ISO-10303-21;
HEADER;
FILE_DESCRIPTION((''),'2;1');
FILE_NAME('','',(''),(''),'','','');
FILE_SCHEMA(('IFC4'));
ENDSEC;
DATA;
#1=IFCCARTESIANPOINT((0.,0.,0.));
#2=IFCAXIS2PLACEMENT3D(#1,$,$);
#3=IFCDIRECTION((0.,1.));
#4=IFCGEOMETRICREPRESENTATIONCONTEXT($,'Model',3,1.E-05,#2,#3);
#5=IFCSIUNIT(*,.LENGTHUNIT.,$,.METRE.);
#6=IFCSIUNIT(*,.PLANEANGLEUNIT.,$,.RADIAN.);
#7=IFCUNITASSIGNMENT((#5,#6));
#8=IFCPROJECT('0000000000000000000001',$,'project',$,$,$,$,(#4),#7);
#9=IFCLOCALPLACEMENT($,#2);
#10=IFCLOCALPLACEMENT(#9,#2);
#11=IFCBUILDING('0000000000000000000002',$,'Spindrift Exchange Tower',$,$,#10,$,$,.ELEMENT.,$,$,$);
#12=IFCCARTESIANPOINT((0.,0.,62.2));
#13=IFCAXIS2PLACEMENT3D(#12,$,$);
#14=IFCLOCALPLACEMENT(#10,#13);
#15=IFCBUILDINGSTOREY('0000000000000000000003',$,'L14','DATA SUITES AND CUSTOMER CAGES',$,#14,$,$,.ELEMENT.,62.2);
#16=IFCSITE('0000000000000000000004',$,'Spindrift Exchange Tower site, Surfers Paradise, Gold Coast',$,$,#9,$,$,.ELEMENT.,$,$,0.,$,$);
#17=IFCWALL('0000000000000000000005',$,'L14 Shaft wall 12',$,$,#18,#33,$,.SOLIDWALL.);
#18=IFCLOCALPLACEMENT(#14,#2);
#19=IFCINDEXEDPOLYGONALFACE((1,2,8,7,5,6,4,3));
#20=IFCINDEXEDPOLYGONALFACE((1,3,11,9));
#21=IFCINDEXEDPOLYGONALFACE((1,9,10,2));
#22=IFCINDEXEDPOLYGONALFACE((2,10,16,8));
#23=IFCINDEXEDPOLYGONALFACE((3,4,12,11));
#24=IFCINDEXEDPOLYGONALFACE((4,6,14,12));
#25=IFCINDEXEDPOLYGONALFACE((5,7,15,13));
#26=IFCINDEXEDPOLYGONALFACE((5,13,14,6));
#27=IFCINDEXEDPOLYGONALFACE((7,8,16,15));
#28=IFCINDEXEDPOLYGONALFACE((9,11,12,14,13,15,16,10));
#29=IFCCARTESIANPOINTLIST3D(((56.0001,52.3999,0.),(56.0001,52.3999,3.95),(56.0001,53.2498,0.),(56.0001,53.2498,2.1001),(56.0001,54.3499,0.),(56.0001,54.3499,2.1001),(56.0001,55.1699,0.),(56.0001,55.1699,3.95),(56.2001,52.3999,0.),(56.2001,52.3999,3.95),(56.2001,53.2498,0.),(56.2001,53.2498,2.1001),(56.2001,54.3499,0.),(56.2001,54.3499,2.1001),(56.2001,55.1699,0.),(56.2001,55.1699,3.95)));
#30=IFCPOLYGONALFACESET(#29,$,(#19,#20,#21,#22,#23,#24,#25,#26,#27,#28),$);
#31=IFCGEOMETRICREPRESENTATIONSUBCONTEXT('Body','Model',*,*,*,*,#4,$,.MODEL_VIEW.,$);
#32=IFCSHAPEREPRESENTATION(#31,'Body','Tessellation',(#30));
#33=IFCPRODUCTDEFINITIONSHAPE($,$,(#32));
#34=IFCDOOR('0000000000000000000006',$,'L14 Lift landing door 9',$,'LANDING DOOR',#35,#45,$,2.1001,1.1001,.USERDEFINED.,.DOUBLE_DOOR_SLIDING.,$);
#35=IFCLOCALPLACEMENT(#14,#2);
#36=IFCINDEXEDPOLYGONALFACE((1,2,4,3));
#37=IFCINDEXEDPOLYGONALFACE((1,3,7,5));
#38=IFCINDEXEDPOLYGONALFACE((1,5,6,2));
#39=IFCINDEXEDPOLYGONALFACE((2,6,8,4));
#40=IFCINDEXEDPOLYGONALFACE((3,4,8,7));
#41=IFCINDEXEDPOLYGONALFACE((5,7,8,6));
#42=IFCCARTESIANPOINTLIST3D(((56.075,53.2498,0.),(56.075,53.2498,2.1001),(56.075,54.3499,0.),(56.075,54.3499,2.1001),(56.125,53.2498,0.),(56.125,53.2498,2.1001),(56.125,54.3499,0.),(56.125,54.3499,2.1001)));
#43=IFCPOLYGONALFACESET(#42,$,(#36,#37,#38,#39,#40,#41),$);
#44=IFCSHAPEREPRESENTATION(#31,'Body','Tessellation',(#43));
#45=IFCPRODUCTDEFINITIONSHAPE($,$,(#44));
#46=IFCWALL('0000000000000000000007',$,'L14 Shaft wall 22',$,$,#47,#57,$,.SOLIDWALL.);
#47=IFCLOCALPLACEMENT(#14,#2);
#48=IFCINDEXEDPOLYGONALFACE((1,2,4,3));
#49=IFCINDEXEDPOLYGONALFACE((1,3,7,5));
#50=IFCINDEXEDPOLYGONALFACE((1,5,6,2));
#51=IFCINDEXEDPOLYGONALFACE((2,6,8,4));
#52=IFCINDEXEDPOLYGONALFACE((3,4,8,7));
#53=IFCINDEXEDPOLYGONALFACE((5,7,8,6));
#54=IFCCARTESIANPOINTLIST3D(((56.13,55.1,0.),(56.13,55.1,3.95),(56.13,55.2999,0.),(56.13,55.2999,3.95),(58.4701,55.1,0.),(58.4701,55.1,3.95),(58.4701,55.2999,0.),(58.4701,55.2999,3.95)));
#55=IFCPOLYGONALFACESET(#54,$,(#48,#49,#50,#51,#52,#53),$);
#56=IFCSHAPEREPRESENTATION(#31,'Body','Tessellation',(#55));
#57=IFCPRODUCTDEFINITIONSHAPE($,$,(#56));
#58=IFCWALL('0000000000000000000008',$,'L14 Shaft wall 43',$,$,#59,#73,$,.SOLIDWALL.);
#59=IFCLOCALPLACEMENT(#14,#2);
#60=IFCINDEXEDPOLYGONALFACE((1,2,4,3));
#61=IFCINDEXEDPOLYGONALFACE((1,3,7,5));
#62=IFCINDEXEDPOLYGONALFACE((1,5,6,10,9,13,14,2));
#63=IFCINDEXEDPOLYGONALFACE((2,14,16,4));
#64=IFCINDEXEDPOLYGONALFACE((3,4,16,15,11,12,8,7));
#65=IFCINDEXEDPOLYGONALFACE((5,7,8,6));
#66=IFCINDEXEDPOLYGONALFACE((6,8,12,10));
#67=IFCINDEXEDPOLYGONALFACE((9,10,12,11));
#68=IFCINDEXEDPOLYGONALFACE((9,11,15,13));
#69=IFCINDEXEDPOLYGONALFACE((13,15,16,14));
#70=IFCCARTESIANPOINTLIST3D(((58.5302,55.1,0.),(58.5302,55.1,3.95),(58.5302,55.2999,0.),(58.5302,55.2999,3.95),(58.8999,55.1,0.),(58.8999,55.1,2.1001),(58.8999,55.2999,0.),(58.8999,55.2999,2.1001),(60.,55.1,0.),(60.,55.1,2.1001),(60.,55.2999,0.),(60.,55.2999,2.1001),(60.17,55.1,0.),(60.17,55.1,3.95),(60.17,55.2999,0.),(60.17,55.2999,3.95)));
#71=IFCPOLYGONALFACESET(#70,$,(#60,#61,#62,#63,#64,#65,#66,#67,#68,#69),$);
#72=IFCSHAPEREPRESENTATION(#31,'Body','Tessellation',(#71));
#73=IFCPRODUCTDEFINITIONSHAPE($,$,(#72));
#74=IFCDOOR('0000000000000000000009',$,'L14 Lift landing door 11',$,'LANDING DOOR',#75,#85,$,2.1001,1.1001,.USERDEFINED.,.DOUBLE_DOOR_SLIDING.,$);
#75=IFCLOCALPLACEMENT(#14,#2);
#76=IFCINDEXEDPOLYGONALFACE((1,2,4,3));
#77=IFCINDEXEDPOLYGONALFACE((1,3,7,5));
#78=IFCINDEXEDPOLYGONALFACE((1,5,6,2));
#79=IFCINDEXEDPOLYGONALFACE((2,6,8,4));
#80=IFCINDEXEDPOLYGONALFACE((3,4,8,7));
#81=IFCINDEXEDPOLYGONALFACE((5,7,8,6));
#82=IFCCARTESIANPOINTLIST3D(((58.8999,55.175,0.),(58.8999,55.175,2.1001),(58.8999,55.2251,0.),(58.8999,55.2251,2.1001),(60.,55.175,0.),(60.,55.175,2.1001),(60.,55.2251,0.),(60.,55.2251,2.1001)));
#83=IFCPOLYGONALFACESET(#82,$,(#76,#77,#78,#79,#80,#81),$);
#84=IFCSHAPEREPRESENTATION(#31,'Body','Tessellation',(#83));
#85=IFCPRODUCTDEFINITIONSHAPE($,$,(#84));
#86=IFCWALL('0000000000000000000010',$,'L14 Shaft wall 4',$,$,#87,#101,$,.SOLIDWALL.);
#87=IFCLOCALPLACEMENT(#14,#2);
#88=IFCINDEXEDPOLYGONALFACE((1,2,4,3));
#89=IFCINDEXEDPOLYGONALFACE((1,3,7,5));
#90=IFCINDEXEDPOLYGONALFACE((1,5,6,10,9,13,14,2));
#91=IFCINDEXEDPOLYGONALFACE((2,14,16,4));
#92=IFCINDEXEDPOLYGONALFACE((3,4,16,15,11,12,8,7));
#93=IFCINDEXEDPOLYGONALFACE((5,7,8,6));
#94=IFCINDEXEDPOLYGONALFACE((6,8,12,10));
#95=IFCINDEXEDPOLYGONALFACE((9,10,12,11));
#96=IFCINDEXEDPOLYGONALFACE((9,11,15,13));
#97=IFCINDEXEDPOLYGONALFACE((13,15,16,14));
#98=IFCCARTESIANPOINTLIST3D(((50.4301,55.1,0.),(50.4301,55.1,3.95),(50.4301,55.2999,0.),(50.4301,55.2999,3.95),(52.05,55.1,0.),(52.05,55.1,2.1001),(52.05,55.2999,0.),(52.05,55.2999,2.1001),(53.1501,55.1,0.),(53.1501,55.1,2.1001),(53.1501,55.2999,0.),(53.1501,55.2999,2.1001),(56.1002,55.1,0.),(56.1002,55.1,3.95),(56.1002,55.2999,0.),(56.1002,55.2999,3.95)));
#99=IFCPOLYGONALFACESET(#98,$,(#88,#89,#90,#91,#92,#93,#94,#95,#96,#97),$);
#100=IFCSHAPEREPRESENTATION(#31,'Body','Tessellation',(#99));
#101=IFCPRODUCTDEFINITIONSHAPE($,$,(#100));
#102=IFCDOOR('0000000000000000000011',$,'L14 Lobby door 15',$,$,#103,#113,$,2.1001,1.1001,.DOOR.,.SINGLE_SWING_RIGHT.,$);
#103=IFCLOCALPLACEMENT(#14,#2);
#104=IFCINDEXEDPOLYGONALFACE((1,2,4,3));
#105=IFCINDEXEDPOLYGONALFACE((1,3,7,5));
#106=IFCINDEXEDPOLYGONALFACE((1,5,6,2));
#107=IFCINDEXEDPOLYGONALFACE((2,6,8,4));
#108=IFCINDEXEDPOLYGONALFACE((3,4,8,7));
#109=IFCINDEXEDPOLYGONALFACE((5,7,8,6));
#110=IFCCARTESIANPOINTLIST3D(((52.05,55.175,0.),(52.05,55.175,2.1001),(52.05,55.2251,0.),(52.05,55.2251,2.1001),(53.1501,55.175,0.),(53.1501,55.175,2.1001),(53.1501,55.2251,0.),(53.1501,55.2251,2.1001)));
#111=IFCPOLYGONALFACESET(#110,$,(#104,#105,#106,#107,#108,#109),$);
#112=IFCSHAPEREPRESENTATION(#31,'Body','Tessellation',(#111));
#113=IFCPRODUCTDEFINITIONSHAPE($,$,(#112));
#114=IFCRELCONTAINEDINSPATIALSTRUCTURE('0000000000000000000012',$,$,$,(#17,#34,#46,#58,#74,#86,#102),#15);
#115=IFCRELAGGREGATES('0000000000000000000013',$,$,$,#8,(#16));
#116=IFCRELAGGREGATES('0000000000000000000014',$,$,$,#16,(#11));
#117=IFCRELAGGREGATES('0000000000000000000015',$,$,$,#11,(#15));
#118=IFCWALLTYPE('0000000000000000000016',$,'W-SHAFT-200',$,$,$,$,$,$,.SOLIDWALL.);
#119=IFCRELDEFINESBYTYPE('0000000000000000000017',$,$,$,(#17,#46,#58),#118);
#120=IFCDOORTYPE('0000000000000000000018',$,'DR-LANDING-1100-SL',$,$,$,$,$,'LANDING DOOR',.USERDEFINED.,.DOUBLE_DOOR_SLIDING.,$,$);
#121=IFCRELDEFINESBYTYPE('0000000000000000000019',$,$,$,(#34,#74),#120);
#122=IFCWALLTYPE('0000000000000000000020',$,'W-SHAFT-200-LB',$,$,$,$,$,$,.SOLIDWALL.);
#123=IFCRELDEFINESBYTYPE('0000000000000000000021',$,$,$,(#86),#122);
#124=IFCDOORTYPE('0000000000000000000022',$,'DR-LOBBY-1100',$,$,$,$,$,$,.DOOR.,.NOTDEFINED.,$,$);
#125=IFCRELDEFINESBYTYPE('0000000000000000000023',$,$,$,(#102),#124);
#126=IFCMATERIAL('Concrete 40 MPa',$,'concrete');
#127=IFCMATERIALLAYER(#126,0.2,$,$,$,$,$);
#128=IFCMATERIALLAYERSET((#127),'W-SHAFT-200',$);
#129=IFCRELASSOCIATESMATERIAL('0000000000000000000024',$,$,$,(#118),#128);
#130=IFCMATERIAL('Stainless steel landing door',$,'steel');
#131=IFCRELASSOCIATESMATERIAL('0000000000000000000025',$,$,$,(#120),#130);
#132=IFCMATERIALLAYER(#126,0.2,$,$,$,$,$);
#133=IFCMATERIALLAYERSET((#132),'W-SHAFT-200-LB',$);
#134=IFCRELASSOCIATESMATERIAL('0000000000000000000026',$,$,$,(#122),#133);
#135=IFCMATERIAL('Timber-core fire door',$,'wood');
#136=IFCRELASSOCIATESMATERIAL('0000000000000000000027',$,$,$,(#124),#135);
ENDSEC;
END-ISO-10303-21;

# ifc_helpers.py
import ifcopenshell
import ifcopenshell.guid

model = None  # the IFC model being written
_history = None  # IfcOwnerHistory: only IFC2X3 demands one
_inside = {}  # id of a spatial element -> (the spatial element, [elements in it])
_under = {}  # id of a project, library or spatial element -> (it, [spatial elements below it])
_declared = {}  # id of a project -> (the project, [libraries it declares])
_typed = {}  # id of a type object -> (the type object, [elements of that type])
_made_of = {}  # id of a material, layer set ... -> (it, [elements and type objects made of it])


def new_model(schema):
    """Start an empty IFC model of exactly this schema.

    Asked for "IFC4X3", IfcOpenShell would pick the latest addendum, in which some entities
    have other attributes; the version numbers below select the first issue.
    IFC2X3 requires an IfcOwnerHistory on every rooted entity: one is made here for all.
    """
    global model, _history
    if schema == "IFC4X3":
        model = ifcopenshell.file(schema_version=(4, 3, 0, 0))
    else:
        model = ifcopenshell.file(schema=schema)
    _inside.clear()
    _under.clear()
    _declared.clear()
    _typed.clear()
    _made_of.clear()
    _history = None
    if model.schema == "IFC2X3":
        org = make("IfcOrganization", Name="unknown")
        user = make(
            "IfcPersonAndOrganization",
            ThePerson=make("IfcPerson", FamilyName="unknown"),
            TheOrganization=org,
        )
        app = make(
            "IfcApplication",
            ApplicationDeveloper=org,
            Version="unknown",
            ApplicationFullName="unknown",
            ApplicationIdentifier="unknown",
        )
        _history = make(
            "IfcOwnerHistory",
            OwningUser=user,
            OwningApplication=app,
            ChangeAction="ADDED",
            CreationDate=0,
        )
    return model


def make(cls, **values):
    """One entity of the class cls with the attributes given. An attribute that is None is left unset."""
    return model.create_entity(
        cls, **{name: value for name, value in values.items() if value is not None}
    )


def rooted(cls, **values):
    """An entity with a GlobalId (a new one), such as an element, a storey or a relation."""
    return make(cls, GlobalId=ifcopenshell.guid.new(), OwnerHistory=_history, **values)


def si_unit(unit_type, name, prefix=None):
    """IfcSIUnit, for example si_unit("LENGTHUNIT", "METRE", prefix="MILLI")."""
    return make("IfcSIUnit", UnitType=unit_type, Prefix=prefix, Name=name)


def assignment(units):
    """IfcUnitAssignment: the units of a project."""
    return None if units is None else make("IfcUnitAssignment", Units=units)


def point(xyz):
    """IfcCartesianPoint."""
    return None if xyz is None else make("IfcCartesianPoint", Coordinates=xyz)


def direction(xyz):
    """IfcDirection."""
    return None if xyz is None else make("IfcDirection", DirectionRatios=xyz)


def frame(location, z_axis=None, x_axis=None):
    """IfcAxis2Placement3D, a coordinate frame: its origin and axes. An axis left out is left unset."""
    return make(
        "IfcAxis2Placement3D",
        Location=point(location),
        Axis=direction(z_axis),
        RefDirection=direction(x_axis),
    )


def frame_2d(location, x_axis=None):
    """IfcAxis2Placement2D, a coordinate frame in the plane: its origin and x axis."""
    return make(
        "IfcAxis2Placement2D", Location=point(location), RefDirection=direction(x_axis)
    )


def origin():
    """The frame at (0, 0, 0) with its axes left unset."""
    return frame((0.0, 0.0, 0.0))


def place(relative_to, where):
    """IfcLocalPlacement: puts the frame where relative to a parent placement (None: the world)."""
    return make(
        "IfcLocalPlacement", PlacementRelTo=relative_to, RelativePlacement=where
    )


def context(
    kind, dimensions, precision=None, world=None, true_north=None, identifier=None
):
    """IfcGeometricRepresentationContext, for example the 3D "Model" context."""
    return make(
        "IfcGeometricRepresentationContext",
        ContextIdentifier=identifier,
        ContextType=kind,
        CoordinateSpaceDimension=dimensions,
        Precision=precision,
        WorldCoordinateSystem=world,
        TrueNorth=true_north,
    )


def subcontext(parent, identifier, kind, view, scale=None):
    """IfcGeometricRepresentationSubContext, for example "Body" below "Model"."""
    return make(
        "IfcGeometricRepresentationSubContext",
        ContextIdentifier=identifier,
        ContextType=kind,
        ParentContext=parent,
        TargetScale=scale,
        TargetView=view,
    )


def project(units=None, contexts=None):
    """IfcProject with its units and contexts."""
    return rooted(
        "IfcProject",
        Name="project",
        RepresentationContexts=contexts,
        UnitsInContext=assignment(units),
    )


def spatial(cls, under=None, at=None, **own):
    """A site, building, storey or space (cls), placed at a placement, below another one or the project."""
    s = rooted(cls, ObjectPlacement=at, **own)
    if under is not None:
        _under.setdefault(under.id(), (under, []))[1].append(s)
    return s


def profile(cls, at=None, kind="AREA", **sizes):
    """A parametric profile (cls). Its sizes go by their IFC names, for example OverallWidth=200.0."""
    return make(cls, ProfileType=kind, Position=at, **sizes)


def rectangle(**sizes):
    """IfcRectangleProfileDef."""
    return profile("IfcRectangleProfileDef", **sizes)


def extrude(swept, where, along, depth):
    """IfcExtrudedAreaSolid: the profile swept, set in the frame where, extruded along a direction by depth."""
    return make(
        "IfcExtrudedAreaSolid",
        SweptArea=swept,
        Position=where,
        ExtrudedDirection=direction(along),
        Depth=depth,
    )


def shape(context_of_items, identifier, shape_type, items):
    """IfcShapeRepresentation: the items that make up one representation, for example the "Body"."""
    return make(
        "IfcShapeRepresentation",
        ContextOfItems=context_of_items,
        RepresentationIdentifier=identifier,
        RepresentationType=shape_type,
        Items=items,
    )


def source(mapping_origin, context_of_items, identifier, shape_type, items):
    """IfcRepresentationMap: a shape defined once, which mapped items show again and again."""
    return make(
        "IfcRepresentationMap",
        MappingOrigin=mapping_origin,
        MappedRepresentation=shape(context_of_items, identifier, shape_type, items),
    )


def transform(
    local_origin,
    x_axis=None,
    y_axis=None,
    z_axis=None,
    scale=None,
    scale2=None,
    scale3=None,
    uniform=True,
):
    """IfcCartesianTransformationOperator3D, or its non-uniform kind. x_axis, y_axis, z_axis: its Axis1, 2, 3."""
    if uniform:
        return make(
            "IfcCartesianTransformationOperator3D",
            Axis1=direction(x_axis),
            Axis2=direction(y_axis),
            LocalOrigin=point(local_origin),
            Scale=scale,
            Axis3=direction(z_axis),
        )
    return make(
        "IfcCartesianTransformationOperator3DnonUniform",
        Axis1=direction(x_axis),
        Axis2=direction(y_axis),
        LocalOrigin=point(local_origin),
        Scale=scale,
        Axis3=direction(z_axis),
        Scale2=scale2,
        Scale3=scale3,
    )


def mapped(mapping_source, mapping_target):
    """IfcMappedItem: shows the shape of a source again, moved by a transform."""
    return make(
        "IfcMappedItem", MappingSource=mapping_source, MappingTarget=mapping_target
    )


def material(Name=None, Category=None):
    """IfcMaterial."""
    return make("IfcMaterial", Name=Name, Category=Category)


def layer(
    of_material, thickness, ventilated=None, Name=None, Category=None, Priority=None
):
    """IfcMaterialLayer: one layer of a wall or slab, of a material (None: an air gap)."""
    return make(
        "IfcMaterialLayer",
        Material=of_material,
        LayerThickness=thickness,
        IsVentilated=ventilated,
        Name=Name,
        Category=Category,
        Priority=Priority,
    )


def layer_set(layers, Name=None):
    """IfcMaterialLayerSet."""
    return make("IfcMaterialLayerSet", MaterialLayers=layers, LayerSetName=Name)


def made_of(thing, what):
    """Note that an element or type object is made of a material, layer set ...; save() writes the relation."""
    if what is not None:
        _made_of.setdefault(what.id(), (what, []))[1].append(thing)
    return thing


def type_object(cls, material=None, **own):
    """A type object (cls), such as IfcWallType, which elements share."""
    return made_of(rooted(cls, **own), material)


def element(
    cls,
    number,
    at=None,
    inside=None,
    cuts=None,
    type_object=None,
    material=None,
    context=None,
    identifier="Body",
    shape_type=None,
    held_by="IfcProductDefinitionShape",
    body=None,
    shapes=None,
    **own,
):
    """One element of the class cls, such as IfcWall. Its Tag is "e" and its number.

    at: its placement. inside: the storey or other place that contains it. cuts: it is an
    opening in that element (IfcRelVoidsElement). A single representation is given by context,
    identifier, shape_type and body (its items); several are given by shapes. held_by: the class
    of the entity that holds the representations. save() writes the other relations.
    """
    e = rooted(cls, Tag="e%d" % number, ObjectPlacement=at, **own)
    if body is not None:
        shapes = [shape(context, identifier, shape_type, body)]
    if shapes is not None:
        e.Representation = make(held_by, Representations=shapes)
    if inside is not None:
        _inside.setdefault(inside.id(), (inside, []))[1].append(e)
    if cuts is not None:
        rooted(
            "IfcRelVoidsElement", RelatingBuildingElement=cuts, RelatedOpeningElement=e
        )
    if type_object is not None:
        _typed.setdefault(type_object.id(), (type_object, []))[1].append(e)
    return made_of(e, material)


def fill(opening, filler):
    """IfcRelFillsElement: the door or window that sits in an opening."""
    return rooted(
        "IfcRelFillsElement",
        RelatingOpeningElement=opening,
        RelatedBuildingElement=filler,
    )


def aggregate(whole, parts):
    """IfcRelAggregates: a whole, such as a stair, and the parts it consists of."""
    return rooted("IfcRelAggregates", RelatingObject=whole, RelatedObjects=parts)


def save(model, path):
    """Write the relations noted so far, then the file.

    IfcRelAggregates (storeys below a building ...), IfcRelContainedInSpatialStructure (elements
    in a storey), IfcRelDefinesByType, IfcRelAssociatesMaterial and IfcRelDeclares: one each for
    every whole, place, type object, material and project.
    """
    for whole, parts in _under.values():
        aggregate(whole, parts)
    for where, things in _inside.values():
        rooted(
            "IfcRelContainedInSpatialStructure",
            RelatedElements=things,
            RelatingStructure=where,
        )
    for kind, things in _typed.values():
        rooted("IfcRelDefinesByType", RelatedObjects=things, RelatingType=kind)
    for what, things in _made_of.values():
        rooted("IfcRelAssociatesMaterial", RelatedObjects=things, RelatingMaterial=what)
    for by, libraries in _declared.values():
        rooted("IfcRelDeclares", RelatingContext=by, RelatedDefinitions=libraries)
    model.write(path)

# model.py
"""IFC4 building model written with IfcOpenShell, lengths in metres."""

from ifc_helpers import new_model, si_unit, direction, frame, frame_2d, origin, place, context, subcontext, project, spatial, rectangle, extrude, source, transform, mapped, material, layer, layer_set, type_object, element, fill, save


model = new_model("IFC4")

# Units and contexts
model_context = context("Model", 3, precision=1e-05, world=origin(), true_north=direction((0.0, 1.0)))
body_context = subcontext(model_context, "Body", "Model", "MODEL_VIEW")
ifc_project = project(units=[si_unit("LENGTHUNIT", "METRE"), si_unit("PLANEANGLEUNIT", "RADIAN")], contexts=[model_context])

# Site, building, storey
site_placement = place(None, origin())
site = spatial("IfcSite", under=ifc_project, at=site_placement, Name="Spindrift Exchange Tower site, Surfers Paradise, Gold Coast", CompositionType="ELEMENT", RefElevation=0.0)
building_placement = place(site_placement, origin())
building = spatial("IfcBuilding", under=site, at=building_placement, Name="Spindrift Exchange Tower", CompositionType="ELEMENT")
storey_placement = place(building_placement, frame((0.0, 0.0, 62.2)))
storey = spatial("IfcBuildingStorey", under=building, at=storey_placement, Name="L14", Description="DATA SUITES AND CUSTOMER CAGES", CompositionType="ELEMENT", Elevation=62.2)

# Shared definitions
ifc_material_1 = material(Name="Timber-core fire door", Category="wood")

# Wall, opening, door
ifc_material_2 = material(Name="Concrete 40 MPa", Category="concrete")
ifc_layer_1 = layer(ifc_material_2, 0.2)
ifc_layer_set_1 = layer_set([ifc_layer_1], Name="W-SHAFT-200")
wall_type_1 = type_object("IfcWallType", Name="W-SHAFT-200", PredefinedType="SOLIDWALL", material=ifc_layer_set_1)
wall_1_placement = place(storey_placement, frame((56.1001, 55.1699, 0.0), z_axis=(0.0, 0.0, 1.0), x_axis=(0.0, -1.0, 0.0)))
wall_1 = element("IfcWall", 1, at=wall_1_placement, inside=storey, type_object=wall_type_1, Name="L14 Shaft wall 12", PredefinedType="SOLIDWALL", context=body_context, shape_type="SweptSolid", body=[
    extrude(rectangle(XDim=2.77, YDim=0.2, at=frame_2d((1.385, 0.0))), origin(), (0.0, 0.0, 1.0), 3.95),
])
opening_1_placement = place(wall_1_placement, frame((0.8201, 0.0, 0.0)))
opening_1 = element("IfcOpeningElement", 2, at=opening_1_placement, cuts=wall_1, PredefinedType="OPENING", context=body_context, shape_type="SweptSolid", body=[
    extrude(rectangle(XDim=1.1001, YDim=2.1001, at=frame_2d((0.55, 1.05))), frame((0.0, 0.1099, 0.0), z_axis=(0.0, -1.0, 0.0), x_axis=(1.0, 0.0, 0.0)), (0.0, 0.0, 1.0), 0.22),
])
ifc_material_3 = material(Name="Stainless steel landing door", Category="steel")
door_type_1 = type_object("IfcDoorType", Name="DR-LANDING-1100-SL", ElementType="LANDING DOOR", OperationType="DOUBLE_DOOR_SLIDING", PredefinedType="USERDEFINED", material=ifc_material_3)
shared_shape_1 = source(origin(), body_context, "Body", "SweptSolid", [
    extrude(rectangle(XDim=1.1001, YDim=2.1001, at=frame_2d((0.55, 1.05))), frame((0.0, 0.0249, 0.0), z_axis=(0.0, -1.0, 0.0), x_axis=(1.0, 0.0, 0.0)), (0.0, 0.0, 1.0), 0.05),
])
door_1_placement = place(opening_1_placement, origin())
door_1 = element("IfcDoor", 3, at=door_1_placement, inside=storey, type_object=door_type_1, Name="L14 Lift landing door 9", ObjectType="LANDING DOOR", OperationType="DOUBLE_DOOR_SLIDING", OverallHeight=2.1001, OverallWidth=1.1001, PredefinedType="USERDEFINED", context=body_context, shape_type="MappedRepresentation", body=[
    mapped(shared_shape_1, transform((0.0, 0.0, 0.0), scale=1.0)),
])
fill(opening_1, door_1)

# Wall
wall_2_placement = place(storey_placement, frame((58.47, 55.2, 0.0), z_axis=(0.0, 0.0, 1.0), x_axis=(-1.0, 0.0, 0.0)))
element("IfcWall", 4, at=wall_2_placement, inside=storey, type_object=wall_type_1, Name="L14 Shaft wall 22", PredefinedType="SOLIDWALL", context=body_context, shape_type="SweptSolid", body=[
    extrude(rectangle(XDim=2.3401, YDim=0.2, at=frame_2d((1.1699, 0.0))), origin(), (0.0, 0.0, 1.0), 3.95),
])

# Walls, openings, doors
wall_3_placement = place(storey_placement, frame((60.1699, 55.2, 0.0), z_axis=(0.0, 0.0, 1.0), x_axis=(-1.0, 0.0, 0.0)))
wall_3 = element("IfcWall", 5, at=wall_3_placement, inside=storey, type_object=wall_type_1, Name="L14 Shaft wall 43", PredefinedType="SOLIDWALL", context=body_context, shape_type="SweptSolid", body=[
    extrude(rectangle(XDim=1.6399, YDim=0.2, at=frame_2d((0.8198, 0.0))), origin(), (0.0, 0.0, 1.0), 3.95),
])
opening_2_placement = place(wall_3_placement, frame((0.1699, 0.0, 0.0)))
opening_2 = element("IfcOpeningElement", 6, at=opening_2_placement, cuts=wall_3, PredefinedType="OPENING", context=body_context, shape_type="SweptSolid", body=[
    extrude(rectangle(XDim=1.1001, YDim=2.1001, at=frame_2d((0.55, 1.05))), frame((0.0, 0.1099, 0.0), z_axis=(0.0, -1.0, 0.0), x_axis=(1.0, 0.0, 0.0)), (0.0, 0.0, 1.0), 0.22),
])
door_2_placement = place(opening_2_placement, origin())
door_2 = element("IfcDoor", 7, at=door_2_placement, inside=storey, type_object=door_type_1, Name="L14 Lift landing door 11", ObjectType="LANDING DOOR", OperationType="DOUBLE_DOOR_SLIDING", OverallHeight=2.1001, OverallWidth=1.1001, PredefinedType="USERDEFINED", context=body_context, shape_type="MappedRepresentation", body=[
    mapped(shared_shape_1, transform((0.0, 0.0, 0.0), scale=1.0)),
])
fill(opening_2, door_2)
ifc_layer_2 = layer(ifc_material_2, 0.2)
ifc_layer_set_2 = layer_set([ifc_layer_2], Name="W-SHAFT-200-LB")
wall_type_2 = type_object("IfcWallType", Name="W-SHAFT-200-LB", PredefinedType="SOLIDWALL", material=ifc_layer_set_2)
wall_4_placement = place(storey_placement, frame((56.1001, 55.2, 0.0), z_axis=(0.0, 0.0, 1.0), x_axis=(-1.0, 0.0, 0.0)))
wall_4 = element("IfcWall", 8, at=wall_4_placement, inside=storey, type_object=wall_type_2, Name="L14 Shaft wall 4", PredefinedType="SOLIDWALL", context=body_context, shape_type="SweptSolid", body=[
    extrude(rectangle(XDim=5.6702, YDim=0.2, at=frame_2d((2.835, 0.0))), origin(), (0.0, 0.0, 1.0), 3.95),
])
opening_3_placement = place(wall_4_placement, frame((2.95, 0.0, 0.0)))
opening_3 = element("IfcOpeningElement", 9, at=opening_3_placement, cuts=wall_4, PredefinedType="OPENING", context=body_context, shape_type="SweptSolid", body=[
    extrude(rectangle(XDim=1.1001, YDim=2.1001, at=frame_2d((0.55, 1.05))), frame((0.0, 0.1099, 0.0), z_axis=(0.0, -1.0, 0.0), x_axis=(1.0, 0.0, 0.0)), (0.0, 0.0, 1.0), 0.22),
])
door_type_2 = type_object("IfcDoorType", Name="DR-LOBBY-1100", OperationType="NOTDEFINED", PredefinedType="DOOR", material=ifc_material_1)
shared_shape_2 = source(origin(), body_context, "Body", "SweptSolid", [
    extrude(rectangle(XDim=1.1001, YDim=2.1001, at=frame_2d((0.55, 1.05))), frame((0.0, 0.0249, 0.0), z_axis=(0.0, -1.0, 0.0), x_axis=(1.0, 0.0, 0.0)), (0.0, 0.0, 1.0), 0.05),
])
door_3_placement = place(opening_3_placement, origin())
door_3 = element("IfcDoor", 10, at=door_3_placement, inside=storey, type_object=door_type_2, Name="L14 Lobby door 15", OperationType="SINGLE_SWING_RIGHT", OverallHeight=2.1001, OverallWidth=1.1001, PredefinedType="DOOR", context=body_context, shape_type="MappedRepresentation", body=[
    mapped(shared_shape_2, transform((0.0, 0.0, 0.0), scale=1.0)),
])
fill(opening_3, door_3)

save(model, "model.ifc")
